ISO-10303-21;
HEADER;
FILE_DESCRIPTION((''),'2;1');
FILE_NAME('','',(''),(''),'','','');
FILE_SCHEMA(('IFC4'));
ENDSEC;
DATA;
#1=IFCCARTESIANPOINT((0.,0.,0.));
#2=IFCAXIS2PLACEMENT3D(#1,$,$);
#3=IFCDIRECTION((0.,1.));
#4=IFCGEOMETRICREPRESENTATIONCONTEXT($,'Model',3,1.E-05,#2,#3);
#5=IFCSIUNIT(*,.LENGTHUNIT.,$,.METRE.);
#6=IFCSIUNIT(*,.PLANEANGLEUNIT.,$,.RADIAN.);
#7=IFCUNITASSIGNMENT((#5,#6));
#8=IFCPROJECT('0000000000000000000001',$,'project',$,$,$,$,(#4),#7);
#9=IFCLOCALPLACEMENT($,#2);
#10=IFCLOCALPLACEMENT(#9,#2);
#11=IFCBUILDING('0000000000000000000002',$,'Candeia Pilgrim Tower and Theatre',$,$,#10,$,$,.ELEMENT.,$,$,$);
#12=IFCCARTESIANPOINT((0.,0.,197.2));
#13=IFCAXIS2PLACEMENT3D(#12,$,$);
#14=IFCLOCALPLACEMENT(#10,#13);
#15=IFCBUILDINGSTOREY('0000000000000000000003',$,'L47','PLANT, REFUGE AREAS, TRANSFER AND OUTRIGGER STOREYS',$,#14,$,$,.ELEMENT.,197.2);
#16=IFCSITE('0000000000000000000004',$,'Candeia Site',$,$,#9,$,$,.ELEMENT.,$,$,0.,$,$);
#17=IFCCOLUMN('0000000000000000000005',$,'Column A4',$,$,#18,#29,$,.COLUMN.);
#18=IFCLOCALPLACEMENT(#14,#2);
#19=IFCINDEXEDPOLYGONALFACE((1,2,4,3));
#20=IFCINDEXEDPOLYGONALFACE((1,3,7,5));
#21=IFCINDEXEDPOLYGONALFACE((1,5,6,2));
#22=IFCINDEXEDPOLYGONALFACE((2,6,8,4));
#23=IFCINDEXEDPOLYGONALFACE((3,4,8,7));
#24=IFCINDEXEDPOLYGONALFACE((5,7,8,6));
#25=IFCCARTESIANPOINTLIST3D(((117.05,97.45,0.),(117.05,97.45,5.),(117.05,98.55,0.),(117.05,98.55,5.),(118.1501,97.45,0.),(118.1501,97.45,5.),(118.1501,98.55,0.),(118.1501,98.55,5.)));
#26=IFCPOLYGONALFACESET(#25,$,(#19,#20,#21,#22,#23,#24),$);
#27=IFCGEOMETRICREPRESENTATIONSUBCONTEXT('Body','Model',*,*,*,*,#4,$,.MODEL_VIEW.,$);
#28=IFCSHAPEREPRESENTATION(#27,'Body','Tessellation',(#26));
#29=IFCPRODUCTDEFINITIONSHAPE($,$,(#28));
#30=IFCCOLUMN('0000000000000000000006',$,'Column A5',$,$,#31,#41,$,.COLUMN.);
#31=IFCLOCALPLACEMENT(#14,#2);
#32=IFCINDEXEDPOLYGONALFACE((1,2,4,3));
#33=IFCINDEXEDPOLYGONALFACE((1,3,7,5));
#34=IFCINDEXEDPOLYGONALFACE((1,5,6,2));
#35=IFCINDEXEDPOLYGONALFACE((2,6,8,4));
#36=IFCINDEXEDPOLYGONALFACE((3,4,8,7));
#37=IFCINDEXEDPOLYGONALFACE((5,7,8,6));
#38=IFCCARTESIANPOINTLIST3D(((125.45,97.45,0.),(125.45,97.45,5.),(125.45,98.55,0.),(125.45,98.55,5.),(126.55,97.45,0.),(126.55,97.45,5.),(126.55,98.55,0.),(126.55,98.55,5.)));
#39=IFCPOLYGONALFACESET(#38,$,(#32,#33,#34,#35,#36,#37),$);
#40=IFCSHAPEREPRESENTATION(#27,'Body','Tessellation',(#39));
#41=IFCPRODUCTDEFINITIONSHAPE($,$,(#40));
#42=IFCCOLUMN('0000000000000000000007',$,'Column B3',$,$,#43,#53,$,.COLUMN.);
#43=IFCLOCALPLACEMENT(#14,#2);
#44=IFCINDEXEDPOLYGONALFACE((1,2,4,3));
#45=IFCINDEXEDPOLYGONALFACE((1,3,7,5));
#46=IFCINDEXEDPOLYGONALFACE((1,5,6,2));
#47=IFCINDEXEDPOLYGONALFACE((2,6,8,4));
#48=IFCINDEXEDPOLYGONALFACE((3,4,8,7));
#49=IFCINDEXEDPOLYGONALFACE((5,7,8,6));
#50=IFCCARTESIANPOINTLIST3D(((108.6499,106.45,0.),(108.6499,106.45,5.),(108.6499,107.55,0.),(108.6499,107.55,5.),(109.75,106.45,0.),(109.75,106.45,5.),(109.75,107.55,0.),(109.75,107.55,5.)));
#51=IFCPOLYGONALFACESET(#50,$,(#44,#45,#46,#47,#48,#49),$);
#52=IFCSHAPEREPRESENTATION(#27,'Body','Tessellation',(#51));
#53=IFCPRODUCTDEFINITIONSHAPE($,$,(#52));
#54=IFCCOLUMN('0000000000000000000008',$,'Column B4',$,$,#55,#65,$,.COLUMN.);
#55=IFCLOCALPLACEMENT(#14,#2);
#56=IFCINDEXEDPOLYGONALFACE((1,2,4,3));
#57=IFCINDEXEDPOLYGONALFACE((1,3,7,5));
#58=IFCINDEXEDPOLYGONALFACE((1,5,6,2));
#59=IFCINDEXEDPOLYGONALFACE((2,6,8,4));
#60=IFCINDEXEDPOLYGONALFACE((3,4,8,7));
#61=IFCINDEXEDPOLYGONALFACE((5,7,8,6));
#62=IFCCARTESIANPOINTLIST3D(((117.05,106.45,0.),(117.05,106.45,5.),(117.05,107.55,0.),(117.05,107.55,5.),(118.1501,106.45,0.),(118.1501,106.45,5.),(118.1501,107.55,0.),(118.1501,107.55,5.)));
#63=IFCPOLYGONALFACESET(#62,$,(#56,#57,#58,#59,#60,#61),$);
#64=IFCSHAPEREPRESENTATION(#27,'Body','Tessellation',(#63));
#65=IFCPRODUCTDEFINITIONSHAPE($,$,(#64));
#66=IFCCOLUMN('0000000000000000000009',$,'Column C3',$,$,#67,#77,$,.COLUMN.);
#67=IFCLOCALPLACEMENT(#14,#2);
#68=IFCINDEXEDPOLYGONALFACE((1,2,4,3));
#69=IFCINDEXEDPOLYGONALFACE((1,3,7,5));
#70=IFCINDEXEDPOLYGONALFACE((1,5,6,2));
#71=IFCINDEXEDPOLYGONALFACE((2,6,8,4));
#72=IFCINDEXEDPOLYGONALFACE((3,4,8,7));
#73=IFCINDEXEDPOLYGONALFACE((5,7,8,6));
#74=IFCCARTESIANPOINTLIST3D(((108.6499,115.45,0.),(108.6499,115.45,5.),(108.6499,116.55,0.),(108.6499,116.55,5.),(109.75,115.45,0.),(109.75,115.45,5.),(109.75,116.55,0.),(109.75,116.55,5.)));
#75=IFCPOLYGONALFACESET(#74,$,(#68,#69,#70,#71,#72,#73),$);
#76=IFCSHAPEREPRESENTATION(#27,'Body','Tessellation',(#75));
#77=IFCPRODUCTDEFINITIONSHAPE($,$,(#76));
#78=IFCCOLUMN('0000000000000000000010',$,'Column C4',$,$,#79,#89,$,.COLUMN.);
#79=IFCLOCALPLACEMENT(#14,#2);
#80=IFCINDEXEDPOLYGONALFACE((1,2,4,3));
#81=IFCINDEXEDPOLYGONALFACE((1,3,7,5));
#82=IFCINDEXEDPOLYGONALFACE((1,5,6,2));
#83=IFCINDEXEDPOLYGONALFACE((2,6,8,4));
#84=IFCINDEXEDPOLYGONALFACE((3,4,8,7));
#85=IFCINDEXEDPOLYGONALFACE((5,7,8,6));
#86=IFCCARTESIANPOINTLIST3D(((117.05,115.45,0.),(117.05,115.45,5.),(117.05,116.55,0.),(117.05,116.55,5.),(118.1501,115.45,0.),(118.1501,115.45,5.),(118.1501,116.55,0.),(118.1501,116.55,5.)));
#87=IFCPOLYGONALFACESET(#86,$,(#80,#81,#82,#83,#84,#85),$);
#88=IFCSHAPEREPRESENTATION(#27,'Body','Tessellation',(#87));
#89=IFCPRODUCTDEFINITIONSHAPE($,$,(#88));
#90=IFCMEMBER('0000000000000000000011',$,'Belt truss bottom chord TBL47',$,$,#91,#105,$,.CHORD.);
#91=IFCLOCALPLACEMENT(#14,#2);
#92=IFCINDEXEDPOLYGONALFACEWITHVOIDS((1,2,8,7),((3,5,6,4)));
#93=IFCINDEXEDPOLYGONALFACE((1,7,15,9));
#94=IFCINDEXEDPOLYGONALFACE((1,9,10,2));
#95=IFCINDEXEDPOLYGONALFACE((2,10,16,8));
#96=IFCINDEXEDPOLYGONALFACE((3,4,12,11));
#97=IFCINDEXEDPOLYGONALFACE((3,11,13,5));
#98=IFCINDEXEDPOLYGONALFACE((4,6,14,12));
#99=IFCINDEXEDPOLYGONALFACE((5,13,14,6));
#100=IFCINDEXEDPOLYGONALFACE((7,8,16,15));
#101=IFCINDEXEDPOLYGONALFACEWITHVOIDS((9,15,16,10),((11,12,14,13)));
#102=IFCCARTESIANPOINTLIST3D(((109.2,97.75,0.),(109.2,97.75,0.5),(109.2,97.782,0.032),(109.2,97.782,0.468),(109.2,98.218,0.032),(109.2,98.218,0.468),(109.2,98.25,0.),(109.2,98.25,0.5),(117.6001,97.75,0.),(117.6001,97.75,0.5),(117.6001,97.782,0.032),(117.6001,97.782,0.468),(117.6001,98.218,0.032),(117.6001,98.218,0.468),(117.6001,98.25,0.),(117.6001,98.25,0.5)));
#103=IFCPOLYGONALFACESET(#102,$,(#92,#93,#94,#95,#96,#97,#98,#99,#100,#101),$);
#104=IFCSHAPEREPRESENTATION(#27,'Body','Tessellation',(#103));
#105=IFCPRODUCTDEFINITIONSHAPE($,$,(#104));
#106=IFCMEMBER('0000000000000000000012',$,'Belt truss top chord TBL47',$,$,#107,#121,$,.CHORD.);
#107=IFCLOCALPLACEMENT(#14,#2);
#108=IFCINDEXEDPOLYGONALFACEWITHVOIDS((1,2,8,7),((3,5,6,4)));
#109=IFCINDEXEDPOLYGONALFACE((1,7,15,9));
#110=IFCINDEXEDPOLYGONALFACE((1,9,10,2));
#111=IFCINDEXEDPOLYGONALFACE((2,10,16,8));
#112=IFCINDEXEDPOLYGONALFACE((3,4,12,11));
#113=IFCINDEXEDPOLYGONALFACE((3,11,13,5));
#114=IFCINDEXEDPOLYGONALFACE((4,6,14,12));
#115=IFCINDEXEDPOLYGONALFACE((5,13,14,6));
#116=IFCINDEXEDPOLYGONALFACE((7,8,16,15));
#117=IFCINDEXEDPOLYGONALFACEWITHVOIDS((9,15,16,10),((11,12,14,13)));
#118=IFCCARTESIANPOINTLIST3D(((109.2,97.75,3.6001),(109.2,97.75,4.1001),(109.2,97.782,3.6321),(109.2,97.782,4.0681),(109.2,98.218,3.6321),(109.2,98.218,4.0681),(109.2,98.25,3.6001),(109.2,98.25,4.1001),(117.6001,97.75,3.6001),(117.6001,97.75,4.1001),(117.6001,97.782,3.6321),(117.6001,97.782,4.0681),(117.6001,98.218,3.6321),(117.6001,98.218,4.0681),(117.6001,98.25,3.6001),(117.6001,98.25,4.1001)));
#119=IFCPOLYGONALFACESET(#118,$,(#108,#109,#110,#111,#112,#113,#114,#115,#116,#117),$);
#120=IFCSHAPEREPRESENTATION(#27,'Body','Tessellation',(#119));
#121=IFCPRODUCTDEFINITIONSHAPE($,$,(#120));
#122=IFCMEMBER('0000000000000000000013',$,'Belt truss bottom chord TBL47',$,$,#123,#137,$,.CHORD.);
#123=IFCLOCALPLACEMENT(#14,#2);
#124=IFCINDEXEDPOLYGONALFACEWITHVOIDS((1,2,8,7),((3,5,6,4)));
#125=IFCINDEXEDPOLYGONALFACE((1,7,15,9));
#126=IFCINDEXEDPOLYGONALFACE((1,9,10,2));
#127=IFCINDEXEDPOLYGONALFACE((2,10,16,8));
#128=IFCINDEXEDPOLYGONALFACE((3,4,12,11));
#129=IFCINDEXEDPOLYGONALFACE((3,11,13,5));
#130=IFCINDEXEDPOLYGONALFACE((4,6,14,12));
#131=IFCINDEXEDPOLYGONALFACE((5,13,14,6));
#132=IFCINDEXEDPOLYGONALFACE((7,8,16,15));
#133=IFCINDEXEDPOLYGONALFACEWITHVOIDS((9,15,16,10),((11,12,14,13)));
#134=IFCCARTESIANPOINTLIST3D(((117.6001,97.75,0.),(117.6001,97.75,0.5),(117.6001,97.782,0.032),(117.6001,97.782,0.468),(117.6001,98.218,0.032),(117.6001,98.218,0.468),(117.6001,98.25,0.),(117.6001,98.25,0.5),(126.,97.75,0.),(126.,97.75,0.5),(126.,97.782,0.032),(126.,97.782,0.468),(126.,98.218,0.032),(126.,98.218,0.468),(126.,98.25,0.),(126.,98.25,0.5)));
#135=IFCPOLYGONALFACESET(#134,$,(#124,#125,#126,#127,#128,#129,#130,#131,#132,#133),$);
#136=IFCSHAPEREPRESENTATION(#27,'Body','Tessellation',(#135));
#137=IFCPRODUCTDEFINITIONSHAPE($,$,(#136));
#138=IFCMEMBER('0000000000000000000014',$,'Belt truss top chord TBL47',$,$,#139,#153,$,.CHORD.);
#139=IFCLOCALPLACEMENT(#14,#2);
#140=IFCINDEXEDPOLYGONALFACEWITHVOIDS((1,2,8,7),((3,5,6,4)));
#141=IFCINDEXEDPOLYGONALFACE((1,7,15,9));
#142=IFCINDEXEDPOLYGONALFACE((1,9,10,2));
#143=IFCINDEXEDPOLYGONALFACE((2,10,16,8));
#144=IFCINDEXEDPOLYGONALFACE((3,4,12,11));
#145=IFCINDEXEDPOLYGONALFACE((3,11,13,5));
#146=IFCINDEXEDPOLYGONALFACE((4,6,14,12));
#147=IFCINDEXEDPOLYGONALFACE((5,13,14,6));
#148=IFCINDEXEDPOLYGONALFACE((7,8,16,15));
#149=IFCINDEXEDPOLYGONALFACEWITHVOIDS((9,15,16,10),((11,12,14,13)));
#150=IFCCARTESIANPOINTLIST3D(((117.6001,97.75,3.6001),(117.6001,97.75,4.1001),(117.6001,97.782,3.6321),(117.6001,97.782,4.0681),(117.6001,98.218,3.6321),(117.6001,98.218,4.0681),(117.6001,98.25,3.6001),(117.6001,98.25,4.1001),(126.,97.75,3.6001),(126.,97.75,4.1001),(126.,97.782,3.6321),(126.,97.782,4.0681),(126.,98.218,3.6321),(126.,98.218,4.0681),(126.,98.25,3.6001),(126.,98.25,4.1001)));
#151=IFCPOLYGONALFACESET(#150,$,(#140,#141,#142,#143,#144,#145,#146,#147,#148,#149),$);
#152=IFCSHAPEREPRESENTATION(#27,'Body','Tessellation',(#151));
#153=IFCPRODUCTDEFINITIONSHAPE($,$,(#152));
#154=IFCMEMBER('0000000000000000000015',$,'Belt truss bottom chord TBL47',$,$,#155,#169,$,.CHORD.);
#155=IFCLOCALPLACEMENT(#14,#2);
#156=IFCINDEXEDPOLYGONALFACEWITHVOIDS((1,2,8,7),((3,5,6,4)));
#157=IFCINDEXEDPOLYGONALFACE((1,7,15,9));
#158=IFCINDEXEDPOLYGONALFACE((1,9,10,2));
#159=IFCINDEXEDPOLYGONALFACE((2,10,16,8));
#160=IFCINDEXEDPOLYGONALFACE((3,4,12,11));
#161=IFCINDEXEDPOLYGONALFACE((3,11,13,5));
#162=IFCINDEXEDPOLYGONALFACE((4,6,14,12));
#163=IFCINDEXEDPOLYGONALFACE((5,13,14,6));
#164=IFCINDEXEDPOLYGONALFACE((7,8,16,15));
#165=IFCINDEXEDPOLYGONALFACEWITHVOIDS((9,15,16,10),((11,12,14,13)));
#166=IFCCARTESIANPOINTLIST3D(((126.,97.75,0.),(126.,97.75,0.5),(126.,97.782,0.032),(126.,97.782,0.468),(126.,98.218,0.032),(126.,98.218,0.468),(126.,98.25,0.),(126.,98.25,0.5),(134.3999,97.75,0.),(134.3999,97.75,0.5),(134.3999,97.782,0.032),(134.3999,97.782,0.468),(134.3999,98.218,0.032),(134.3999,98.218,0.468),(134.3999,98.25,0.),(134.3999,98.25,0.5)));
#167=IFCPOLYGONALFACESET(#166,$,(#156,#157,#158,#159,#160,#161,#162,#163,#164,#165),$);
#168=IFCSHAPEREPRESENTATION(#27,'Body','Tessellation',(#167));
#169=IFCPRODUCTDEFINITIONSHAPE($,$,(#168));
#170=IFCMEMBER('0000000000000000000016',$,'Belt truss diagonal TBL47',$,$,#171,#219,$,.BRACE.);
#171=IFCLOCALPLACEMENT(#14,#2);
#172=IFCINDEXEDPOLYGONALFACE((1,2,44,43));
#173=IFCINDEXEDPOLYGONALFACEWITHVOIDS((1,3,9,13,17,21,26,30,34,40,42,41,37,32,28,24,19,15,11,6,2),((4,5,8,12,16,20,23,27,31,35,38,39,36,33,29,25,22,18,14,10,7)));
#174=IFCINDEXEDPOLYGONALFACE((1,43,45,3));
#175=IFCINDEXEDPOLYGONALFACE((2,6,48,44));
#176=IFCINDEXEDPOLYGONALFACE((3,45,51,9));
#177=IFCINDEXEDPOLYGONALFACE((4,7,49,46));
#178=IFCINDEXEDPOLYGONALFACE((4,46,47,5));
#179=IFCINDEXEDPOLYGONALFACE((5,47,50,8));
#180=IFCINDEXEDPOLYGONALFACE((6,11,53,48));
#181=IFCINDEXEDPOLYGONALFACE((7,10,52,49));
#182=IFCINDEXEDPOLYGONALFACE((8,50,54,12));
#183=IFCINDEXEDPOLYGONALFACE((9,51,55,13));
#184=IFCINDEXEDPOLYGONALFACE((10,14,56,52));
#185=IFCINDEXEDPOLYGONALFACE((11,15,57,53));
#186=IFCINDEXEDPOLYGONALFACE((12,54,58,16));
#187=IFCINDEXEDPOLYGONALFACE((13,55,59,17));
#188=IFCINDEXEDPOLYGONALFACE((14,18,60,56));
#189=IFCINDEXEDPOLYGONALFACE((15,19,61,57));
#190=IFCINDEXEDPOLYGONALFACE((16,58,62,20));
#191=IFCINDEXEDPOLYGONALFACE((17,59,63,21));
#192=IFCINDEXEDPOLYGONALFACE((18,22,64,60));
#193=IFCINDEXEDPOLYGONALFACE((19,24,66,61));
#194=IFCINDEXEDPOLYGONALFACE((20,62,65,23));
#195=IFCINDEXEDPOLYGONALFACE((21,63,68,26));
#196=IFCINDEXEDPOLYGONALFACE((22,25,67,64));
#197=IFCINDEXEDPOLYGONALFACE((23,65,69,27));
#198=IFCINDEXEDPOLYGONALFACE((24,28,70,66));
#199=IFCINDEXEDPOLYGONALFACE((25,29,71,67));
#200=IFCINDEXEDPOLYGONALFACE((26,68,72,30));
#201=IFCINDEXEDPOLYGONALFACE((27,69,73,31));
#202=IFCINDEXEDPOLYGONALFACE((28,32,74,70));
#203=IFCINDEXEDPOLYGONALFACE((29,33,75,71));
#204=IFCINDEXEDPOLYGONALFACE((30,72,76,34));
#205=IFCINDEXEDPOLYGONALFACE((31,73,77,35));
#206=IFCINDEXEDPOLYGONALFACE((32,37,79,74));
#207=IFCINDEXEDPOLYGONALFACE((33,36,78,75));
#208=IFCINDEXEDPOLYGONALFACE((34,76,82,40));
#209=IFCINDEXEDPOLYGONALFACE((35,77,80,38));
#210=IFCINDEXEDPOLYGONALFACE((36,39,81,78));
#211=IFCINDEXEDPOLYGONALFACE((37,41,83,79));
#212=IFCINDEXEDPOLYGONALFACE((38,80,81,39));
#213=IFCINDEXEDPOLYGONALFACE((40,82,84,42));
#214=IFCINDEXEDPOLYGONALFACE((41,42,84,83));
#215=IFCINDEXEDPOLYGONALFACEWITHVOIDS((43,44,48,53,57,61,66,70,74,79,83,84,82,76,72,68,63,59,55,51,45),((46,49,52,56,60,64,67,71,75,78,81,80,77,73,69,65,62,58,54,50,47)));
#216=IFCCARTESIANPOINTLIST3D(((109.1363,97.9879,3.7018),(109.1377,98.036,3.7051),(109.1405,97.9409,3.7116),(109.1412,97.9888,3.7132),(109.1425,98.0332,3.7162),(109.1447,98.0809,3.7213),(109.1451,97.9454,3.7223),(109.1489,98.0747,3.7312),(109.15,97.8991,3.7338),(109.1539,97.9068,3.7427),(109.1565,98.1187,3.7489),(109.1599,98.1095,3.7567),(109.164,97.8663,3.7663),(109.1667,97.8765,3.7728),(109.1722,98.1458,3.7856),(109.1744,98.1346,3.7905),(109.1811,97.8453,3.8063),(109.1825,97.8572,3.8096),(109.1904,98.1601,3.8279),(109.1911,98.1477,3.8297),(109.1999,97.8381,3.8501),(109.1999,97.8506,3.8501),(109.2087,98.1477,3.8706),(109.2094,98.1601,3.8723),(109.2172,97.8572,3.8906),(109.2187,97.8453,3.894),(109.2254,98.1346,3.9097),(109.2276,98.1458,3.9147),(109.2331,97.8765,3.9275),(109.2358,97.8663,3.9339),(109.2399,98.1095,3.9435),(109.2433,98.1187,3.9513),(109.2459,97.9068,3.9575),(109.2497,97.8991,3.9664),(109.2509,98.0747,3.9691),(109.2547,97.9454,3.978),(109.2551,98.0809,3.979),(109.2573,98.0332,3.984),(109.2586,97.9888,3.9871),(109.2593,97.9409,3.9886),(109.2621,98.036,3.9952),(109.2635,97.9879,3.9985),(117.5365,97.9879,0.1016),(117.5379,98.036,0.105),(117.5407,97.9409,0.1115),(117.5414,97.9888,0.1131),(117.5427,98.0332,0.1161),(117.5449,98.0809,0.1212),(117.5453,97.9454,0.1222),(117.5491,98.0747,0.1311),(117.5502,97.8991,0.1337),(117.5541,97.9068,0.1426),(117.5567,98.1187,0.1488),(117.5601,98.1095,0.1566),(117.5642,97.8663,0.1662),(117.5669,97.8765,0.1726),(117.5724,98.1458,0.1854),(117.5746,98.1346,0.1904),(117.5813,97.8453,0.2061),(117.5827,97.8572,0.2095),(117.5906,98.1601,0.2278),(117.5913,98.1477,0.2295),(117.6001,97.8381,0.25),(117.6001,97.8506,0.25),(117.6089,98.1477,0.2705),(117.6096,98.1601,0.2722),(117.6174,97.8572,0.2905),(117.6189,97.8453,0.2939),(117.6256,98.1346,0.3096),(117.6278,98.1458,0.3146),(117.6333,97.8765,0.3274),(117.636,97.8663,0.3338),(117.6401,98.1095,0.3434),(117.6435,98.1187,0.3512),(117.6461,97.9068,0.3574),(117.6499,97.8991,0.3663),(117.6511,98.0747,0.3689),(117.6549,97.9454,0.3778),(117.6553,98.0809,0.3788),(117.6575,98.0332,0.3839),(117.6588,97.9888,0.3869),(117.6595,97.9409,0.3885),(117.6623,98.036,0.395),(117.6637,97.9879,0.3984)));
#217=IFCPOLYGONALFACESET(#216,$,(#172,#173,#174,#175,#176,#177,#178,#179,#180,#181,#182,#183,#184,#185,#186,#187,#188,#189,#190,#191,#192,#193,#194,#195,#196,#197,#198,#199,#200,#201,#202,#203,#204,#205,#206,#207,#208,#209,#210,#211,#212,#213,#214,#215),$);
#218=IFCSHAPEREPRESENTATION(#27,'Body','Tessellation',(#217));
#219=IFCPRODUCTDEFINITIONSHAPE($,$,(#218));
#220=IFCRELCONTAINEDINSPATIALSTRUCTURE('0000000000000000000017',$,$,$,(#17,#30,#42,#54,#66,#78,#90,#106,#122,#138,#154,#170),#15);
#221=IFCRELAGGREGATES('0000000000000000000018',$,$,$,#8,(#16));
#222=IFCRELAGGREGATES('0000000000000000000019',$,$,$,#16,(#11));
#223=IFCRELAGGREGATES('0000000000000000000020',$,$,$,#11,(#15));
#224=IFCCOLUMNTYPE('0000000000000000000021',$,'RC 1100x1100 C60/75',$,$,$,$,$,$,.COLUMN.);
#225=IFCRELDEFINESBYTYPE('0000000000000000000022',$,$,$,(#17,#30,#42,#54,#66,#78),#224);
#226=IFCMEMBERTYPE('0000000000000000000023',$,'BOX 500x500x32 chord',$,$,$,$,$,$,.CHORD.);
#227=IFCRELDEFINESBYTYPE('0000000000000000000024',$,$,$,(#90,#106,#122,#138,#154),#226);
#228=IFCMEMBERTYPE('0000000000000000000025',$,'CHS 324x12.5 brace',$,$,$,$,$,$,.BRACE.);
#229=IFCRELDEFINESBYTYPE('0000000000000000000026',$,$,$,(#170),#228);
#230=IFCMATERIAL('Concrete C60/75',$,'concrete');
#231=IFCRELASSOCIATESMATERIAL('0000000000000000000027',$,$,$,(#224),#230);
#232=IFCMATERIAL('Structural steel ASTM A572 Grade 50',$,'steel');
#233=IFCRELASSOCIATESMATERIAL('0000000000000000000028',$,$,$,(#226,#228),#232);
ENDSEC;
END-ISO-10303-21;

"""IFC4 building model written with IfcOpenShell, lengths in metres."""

from ifc_helpers import new_model, si_unit, direction, frame, origin, origin_2d, place, context, subcontext, project, spatial, rectangle, hollow_rectangle, hollow_circle, extrude, material, material_profile, profile_set, type_object, element, save


model = new_model("IFC4")

# Units and contexts
model_context = context("Model", 3, precision=1e-05, world=origin(), true_north=direction((0.0, 1.0)))
body_context = subcontext(model_context, "Body", "Model", "MODEL_VIEW")
ifc_project = project(units=[si_unit("LENGTHUNIT", "METRE"), si_unit("PLANEANGLEUNIT", "RADIAN")], contexts=[model_context])

# Site, building, storey
site_placement = place(None, origin())
site = spatial("IfcSite", under=ifc_project, at=site_placement, Name="Candeia Site", CompositionType="ELEMENT", RefElevation=0.0)
building_placement = place(site_placement, origin())
building = spatial("IfcBuilding", under=site, at=building_placement, Name="Candeia Pilgrim Tower and Theatre", CompositionType="ELEMENT")
storey_placement = place(building_placement, frame((0.0, 0.0, 197.2)))
storey = spatial("IfcBuildingStorey", under=building, at=storey_placement, Name="L47", Description="PLANT, REFUGE AREAS, TRANSFER AND OUTRIGGER STOREYS", CompositionType="ELEMENT", Elevation=197.2)

# Columns
ifc_material_1 = material(Name="Concrete C60/75", Category="concrete")
ifc_material_profile_1 = material_profile(ifc_material_1, rectangle(XDim=1.1001, YDim=1.1001, at=origin_2d()))
ifc_profile_set_1 = profile_set([ifc_material_profile_1], Name="Concrete C60/75")
column_type = type_object("IfcColumnType", Name="RC 1100x1100 C60/75", PredefinedType="COLUMN", material=ifc_profile_set_1)
for number, where, z_axis, x_axis, name in (
    (1, (117.6001, 98.0, 0.0), (0.0, 0.0, 1.0), (1.0, 0.0, 0.0), "Column A4"),
    (2, (126.0, 98.0, 0.0), (0.0, 0.0, 1.0), (1.0, 0.0, 0.0), "Column A5"),
    (3, (109.2, 107.0, 0.0), (0.0, 0.0, 1.0), (1.0, 0.0, 0.0), "Column B3"),
    (4, (117.6001, 107.0, 0.0), (0.0, 0.0, 1.0), (1.0, 0.0, 0.0), "Column B4"),
    (5, (109.2, 116.0, 0.0), (0.0, 0.0, 1.0), (1.0, 0.0, 0.0), "Column C3"),
    (6, (117.6001, 116.0, 0.0), (0.0, 0.0, 1.0), (1.0, 0.0, 0.0), "Column C4"),
):
    element("IfcColumn", number, at=place(storey_placement, frame(where, z_axis=z_axis, x_axis=x_axis)), inside=storey, type_object=column_type, Name=name, PredefinedType="COLUMN", context=body_context, shape_type="SweptSolid", body=[
        extrude(rectangle(XDim=1.1001, YDim=1.1001, at=origin_2d()), origin(), (0.0, 0.0, 1.0), 5.0),
    ])

# Members
ifc_material_2 = material(Name="Structural steel ASTM A572 Grade 50", Category="steel")
ifc_material_profile_2 = material_profile(ifc_material_2, hollow_rectangle(XDim=0.5, YDim=0.5, WallThickness=0.032, at=origin_2d()))
ifc_profile_set_2 = profile_set([ifc_material_profile_2], Name="Structural steel ASTM A572 Grade 50")
member_type_1 = type_object("IfcMemberType", Name="BOX 500x500x32 chord", PredefinedType="CHORD", material=ifc_profile_set_2)
for number, where, z_axis, x_axis, name in (
    (7, (109.2, 98.0, 0.25), (1.0, 0.0, 0.0), (0.0, 1.0, 0.0), "Belt truss bottom chord TBL47"),
    (8, (109.2, 98.0, 3.8501), (1.0, 0.0, 0.0), (0.0, 1.0, 0.0), "Belt truss top chord TBL47"),
):
    element("IfcMember", number, at=place(storey_placement, frame(where, z_axis=z_axis, x_axis=x_axis)), inside=storey, type_object=member_type_1, Name=name, PredefinedType="CHORD", context=body_context, shape_type="SweptSolid", body=[
        extrude(hollow_rectangle(XDim=0.5, YDim=0.5, WallThickness=0.032, at=origin_2d()), origin(), (0.0, 0.0, 1.0), 8.4001),
    ])
for number, where, z_axis, x_axis, name in (
    (9, (117.6001, 98.0, 0.25), (1.0, 0.0, 0.0), (0.0, 1.0, 0.0), "Belt truss bottom chord TBL47"),
    (10, (117.6001, 98.0, 3.8501), (1.0, 0.0, 0.0), (0.0, 1.0, 0.0), "Belt truss top chord TBL47"),
    (11, (126.0, 98.0, 0.25), (1.0, 0.0, 0.0), (0.0, 1.0, 0.0), "Belt truss bottom chord TBL47"),
):
    element("IfcMember", number, at=place(storey_placement, frame(where, z_axis=z_axis, x_axis=x_axis)), inside=storey, type_object=member_type_1, Name=name, PredefinedType="CHORD", context=body_context, shape_type="SweptSolid", body=[
        extrude(hollow_rectangle(XDim=0.5, YDim=0.5, WallThickness=0.032, at=origin_2d()), origin(), (0.0, 0.0, 1.0), 8.3999),
    ])
ifc_material_profile_3 = material_profile(ifc_material_2, hollow_circle(Radius=0.1619, WallThickness=0.0125, at=origin_2d()))
ifc_profile_set_3 = profile_set([ifc_material_profile_3], Name="Structural steel ASTM A572 Grade 50")
member_type_2 = type_object("IfcMemberType", Name="CHS 324x12.5 brace", PredefinedType="BRACE", material=ifc_profile_set_3)
member_1_placement = place(storey_placement, frame((117.6001, 98.0, 0.25), z_axis=(-0.919144, 0.0, 0.393923), x_axis=(0.0, -1.0, 0.0)))
element("IfcMember", 12, at=member_1_placement, inside=storey, type_object=member_type_2, Name="Belt truss diagonal TBL47", PredefinedType="BRACE", context=body_context, shape_type="SweptSolid", body=[
    extrude(hollow_circle(Radius=0.1619, WallThickness=0.0125, at=origin_2d()), origin(), (0.0, 0.0, 1.0), 9.1392),
])

save(model, "model.ifc")
